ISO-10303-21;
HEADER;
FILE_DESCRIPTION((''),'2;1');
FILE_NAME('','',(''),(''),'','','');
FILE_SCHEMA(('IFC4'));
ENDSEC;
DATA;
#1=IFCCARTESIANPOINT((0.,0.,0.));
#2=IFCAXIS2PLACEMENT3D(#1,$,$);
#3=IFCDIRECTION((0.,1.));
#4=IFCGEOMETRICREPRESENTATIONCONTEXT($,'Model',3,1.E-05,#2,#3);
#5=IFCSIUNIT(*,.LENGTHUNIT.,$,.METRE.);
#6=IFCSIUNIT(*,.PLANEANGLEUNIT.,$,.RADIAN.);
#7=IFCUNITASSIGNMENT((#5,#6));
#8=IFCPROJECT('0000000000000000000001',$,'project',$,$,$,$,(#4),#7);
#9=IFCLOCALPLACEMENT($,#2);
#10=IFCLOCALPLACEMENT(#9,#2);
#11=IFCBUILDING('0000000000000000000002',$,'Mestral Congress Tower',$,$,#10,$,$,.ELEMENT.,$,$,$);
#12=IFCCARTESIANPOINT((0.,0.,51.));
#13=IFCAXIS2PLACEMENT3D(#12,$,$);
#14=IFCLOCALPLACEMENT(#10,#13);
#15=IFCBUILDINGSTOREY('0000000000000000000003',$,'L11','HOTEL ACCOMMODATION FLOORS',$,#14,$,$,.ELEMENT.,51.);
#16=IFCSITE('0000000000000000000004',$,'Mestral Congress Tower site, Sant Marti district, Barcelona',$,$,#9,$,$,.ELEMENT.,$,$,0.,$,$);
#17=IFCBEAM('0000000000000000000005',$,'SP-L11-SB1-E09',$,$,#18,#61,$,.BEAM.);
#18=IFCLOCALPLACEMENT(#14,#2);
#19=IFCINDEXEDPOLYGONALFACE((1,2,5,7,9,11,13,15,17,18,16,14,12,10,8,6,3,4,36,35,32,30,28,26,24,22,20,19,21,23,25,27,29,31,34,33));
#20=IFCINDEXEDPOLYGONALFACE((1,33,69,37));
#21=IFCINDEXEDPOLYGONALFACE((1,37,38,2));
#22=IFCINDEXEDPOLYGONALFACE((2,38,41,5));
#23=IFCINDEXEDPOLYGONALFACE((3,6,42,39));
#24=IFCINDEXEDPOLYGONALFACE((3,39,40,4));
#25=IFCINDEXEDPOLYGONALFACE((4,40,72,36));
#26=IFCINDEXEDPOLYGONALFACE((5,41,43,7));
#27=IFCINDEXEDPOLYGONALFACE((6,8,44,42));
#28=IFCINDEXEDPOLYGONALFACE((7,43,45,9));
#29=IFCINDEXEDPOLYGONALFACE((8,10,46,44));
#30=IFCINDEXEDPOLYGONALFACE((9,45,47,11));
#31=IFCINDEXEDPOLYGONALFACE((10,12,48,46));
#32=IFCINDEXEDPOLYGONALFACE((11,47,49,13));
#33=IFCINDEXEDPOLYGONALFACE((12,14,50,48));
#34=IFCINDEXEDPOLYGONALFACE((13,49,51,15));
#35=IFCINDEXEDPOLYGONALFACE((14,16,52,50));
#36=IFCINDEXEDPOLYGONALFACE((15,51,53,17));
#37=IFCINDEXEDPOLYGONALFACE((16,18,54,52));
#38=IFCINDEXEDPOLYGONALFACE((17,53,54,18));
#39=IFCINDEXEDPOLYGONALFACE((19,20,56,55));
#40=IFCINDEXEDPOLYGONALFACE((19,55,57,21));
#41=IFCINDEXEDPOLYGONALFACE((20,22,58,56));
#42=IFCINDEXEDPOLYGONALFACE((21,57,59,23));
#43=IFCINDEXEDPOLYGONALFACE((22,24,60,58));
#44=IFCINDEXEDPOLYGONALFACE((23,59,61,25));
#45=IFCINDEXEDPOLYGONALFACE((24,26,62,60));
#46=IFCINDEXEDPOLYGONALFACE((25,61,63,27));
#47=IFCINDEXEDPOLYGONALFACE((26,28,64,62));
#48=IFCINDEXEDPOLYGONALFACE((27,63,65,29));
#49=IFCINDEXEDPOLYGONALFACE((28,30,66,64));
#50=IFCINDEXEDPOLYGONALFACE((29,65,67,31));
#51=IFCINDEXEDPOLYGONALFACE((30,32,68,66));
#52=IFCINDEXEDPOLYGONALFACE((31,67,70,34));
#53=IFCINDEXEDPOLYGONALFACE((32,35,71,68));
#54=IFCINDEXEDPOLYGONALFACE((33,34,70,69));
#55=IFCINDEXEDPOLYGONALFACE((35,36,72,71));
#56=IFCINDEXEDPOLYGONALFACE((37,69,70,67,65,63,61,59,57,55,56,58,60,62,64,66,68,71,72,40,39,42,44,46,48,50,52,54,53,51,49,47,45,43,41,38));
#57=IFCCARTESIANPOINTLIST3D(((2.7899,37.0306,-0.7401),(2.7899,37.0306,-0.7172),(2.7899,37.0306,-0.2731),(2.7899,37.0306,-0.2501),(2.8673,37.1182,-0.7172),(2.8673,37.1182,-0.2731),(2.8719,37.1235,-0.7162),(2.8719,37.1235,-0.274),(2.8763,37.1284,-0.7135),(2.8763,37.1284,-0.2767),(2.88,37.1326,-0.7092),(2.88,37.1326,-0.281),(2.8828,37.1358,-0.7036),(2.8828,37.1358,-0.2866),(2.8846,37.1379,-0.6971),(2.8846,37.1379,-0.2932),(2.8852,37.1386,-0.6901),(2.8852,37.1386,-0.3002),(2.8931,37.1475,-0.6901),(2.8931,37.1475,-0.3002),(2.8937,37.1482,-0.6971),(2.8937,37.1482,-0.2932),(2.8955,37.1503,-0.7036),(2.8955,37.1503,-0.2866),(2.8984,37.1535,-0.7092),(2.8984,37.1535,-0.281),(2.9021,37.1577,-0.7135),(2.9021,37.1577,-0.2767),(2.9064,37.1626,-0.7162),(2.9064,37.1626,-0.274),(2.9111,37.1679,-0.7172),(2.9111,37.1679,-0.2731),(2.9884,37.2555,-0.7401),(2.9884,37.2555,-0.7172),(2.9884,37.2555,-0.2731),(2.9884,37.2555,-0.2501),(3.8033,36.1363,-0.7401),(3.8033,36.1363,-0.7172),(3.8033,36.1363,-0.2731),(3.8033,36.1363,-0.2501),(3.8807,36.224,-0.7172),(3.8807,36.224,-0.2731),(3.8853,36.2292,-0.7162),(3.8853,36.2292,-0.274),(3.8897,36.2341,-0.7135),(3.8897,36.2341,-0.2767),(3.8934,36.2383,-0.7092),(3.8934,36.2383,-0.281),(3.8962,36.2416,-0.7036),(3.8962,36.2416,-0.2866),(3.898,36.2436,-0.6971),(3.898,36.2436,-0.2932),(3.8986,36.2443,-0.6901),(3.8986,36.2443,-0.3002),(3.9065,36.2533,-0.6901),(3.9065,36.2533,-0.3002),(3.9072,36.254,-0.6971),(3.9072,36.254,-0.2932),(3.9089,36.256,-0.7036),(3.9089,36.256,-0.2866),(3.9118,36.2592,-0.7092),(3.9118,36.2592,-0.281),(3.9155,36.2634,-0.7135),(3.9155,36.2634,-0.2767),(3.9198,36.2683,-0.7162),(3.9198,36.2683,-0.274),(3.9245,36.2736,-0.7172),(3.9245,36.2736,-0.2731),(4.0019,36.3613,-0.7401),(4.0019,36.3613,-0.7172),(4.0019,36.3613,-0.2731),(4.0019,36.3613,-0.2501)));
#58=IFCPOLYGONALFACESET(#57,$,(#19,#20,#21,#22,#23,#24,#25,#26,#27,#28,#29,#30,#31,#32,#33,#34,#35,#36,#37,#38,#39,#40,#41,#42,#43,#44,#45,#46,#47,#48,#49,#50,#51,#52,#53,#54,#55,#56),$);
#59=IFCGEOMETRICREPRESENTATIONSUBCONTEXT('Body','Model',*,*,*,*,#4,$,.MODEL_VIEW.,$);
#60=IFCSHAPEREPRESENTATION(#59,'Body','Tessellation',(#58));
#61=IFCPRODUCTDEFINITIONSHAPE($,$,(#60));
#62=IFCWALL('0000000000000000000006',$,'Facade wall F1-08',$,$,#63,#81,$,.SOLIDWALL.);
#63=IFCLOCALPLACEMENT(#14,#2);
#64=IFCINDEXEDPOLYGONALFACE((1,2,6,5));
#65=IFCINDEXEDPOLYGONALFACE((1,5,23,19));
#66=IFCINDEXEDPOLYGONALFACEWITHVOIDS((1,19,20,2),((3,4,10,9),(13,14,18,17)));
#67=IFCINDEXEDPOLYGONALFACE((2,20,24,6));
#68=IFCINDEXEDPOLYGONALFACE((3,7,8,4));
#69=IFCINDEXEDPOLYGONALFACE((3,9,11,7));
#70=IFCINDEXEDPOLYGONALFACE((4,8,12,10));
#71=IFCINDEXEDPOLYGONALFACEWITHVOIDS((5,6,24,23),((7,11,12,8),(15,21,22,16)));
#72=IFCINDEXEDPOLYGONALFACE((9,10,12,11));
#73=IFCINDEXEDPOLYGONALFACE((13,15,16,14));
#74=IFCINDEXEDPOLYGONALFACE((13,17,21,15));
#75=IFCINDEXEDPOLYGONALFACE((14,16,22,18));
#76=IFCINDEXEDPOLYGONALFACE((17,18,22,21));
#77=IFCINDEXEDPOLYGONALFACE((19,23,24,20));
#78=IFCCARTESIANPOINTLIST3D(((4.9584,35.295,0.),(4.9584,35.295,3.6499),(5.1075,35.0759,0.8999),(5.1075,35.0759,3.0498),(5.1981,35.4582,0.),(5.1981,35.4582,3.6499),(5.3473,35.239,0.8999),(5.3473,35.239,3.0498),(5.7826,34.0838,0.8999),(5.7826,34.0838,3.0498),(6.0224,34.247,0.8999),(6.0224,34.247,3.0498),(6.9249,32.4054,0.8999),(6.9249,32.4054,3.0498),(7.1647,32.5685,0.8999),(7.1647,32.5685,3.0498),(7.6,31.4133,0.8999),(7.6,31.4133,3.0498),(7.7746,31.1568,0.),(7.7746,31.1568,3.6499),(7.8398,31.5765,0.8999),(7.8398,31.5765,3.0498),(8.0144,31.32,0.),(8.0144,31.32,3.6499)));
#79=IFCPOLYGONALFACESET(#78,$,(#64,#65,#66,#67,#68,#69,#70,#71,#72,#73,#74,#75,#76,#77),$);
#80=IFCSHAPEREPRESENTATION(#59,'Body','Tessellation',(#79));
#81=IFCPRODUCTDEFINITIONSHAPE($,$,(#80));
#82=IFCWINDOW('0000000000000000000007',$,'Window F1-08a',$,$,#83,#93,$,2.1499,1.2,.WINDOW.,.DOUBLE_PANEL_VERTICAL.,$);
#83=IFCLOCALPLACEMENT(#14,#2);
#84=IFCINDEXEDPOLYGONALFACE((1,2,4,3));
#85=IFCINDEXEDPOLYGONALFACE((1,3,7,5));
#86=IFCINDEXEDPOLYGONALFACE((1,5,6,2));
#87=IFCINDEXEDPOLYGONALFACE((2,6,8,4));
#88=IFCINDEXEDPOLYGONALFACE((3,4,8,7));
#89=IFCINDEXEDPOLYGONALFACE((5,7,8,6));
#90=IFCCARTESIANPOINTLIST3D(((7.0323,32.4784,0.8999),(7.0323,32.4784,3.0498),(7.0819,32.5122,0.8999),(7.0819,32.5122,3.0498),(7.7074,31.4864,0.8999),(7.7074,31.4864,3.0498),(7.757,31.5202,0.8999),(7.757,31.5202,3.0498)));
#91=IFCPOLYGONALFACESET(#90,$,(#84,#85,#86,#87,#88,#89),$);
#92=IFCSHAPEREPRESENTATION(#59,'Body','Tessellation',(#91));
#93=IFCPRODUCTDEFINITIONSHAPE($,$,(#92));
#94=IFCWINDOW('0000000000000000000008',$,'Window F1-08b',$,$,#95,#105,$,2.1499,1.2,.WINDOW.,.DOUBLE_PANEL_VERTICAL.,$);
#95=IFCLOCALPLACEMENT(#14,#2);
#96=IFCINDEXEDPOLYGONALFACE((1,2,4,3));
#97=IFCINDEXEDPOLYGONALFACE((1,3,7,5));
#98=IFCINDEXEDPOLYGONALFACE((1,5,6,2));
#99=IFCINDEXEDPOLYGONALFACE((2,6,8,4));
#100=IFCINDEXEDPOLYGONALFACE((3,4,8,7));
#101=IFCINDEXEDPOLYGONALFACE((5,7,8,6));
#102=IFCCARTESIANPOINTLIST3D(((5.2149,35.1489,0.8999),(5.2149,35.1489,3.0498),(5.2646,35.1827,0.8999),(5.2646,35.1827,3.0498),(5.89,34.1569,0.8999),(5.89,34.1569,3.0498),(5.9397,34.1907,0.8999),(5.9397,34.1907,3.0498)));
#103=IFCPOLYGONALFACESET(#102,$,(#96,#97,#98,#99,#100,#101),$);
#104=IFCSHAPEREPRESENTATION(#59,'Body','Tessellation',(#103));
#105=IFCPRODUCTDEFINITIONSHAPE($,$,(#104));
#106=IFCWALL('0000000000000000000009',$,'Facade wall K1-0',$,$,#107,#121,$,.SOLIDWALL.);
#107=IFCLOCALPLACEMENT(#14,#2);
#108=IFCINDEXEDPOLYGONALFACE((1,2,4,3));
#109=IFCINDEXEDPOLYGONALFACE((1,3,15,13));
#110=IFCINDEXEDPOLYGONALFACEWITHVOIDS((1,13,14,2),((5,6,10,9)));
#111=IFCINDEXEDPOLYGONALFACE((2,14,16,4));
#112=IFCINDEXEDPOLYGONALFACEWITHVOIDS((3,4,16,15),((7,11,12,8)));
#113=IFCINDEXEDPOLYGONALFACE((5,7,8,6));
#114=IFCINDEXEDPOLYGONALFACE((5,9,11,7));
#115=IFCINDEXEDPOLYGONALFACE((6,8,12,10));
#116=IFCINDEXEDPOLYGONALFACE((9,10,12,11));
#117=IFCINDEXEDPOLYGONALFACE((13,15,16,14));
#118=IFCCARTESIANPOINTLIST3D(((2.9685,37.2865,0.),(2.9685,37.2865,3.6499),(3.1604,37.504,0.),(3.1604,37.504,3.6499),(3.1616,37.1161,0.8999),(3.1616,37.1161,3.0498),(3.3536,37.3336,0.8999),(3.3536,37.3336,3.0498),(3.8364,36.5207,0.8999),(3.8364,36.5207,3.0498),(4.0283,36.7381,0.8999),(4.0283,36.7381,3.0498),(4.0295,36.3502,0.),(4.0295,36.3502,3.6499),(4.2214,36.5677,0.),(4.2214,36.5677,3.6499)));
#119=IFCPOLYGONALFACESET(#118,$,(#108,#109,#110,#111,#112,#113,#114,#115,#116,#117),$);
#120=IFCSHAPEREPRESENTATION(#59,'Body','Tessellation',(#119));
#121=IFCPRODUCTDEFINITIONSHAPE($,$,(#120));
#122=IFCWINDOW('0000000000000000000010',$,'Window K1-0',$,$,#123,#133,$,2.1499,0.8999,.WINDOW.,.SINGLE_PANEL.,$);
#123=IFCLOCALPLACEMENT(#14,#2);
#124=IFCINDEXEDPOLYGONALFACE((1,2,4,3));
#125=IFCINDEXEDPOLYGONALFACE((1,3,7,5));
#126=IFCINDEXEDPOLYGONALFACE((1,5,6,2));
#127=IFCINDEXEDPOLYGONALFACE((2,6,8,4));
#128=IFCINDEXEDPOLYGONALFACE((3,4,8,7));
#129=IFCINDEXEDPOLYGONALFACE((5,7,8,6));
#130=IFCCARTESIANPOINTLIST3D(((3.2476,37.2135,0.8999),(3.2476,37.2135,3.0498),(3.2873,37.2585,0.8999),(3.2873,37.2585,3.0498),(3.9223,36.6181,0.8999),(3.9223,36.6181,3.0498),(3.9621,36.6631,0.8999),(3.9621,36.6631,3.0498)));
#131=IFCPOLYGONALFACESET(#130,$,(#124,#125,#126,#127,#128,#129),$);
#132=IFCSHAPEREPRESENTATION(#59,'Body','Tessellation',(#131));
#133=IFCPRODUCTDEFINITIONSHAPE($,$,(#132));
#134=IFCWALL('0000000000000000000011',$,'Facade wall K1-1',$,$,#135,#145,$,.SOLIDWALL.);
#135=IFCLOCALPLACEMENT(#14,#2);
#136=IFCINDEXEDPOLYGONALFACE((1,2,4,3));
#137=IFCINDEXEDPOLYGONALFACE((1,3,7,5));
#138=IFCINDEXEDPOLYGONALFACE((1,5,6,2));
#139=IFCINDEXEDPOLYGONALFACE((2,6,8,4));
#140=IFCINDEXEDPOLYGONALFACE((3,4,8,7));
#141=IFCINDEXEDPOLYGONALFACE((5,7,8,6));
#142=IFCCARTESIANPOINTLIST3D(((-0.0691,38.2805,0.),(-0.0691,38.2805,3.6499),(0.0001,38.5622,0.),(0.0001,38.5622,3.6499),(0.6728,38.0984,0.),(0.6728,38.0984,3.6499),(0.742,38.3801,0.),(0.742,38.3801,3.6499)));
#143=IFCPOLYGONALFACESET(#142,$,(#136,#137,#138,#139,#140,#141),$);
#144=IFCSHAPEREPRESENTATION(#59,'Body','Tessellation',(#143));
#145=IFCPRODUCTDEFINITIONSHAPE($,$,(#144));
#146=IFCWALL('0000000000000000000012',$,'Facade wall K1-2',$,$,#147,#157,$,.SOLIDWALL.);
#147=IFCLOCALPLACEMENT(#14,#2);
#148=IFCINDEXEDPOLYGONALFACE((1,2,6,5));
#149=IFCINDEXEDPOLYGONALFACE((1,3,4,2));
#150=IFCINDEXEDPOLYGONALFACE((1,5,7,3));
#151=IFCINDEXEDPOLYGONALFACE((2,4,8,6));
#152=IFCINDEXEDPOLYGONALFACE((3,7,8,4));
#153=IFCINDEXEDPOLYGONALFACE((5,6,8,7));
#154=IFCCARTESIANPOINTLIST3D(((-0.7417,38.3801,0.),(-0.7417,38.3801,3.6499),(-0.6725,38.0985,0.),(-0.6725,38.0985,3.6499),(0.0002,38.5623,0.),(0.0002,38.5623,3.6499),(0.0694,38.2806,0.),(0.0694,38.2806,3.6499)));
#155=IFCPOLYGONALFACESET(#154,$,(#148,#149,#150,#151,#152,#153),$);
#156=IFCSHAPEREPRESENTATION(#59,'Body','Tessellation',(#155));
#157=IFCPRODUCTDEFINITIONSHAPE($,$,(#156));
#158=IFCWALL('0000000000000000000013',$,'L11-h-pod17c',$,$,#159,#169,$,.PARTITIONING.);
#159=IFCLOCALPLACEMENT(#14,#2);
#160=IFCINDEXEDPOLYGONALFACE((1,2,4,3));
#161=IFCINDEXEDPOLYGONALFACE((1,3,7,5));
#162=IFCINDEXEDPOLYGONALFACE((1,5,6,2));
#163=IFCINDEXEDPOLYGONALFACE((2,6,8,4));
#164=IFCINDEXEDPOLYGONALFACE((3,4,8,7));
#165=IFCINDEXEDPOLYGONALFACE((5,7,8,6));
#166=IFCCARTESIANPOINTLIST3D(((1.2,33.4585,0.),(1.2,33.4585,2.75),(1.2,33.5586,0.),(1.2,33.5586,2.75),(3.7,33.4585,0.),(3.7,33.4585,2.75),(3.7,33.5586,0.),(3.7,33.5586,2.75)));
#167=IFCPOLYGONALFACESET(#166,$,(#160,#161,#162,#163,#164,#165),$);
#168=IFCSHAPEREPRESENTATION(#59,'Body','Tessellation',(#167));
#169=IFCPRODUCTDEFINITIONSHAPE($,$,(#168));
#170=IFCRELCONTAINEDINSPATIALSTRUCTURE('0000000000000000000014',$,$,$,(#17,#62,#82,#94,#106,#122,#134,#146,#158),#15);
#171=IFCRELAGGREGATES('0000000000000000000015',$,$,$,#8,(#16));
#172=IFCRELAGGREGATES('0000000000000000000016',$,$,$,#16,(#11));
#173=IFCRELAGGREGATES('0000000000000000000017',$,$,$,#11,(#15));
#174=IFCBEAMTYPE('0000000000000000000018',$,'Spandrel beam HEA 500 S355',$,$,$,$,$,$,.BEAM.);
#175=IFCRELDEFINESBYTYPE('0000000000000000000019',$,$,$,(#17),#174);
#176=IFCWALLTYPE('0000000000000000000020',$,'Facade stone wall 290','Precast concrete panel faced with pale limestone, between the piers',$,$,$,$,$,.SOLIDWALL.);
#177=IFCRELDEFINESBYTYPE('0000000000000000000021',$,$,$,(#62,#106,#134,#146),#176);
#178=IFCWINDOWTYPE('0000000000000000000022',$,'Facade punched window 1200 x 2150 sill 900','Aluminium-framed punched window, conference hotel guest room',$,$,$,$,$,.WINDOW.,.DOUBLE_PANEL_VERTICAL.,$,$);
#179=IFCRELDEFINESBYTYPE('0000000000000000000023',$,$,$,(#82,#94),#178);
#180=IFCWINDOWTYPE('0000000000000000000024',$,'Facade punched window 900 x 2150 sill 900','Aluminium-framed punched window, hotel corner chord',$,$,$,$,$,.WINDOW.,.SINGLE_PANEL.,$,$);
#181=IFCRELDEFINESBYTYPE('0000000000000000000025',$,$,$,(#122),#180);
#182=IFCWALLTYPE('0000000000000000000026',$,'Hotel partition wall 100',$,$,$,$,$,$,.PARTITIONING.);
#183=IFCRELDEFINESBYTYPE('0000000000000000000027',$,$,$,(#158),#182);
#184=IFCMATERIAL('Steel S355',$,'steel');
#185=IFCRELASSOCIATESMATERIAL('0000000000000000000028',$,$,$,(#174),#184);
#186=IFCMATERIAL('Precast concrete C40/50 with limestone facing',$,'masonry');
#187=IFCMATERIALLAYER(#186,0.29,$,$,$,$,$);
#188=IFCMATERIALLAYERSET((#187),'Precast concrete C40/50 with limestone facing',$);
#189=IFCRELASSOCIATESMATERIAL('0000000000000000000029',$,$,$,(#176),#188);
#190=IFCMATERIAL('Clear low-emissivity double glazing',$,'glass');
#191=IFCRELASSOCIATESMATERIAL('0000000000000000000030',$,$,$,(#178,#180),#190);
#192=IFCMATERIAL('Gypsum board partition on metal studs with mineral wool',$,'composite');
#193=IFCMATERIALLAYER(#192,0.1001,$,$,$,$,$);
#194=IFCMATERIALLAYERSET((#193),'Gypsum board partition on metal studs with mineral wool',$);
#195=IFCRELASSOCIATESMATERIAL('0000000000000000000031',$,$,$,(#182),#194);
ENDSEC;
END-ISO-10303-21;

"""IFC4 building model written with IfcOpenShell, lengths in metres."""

from ifc_helpers import new_model, si_unit, direction, frame, frame_2d, origin, origin_2d, place, context, subcontext, project, spatial, rectangle, i_section, extrude, material, layer, layer_set, material_profile, profile_set, type_object, element, fill, save


model = new_model("IFC4")

# Units and contexts
model_context = context("Model", 3, precision=1e-05, world=origin(), true_north=direction((0.0, 1.0)))
body_context = subcontext(model_context, "Body", "Model", "MODEL_VIEW")
ifc_project = project(units=[si_unit("LENGTHUNIT", "METRE"), si_unit("PLANEANGLEUNIT", "RADIAN")], contexts=[model_context])

# Site, building, storey
site_placement = place(None, origin())
site = spatial("IfcSite", under=ifc_project, at=site_placement, Name="Mestral Congress Tower site, Sant Marti district, Barcelona", CompositionType="ELEMENT", RefElevation=0.0)
building_placement = place(site_placement, origin())
building = spatial("IfcBuilding", under=site, at=building_placement, Name="Mestral Congress Tower", CompositionType="ELEMENT")
storey_placement = place(building_placement, frame((0.0, 0.0, 51.0)))
storey = spatial("IfcBuildingStorey", under=building, at=storey_placement, Name="L11", Description="HOTEL ACCOMMODATION FLOORS", CompositionType="ELEMENT", Elevation=51.0)

# Beam
ifc_material_1 = material(Name="Steel S355", Category="steel")
ifc_material_profile_1 = material_profile(ifc_material_1, i_section(OverallWidth=0.3, OverallDepth=0.49, WebThickness=0.012, FlangeThickness=0.0229, FilletRadius=0.0271, at=origin_2d()), Name="HEA 500")
ifc_profile_set_1 = profile_set([ifc_material_profile_1], Name="Steel S355")
beam_type_1 = type_object("IfcBeamType", Name="Spandrel beam HEA 500 S355", PredefinedType="BEAM", material=ifc_profile_set_1)
beam_1_placement = place(storey_placement, frame((3.9026, 36.2488, -0.4951), z_axis=(-0.749806, 0.661657, 0.0), x_axis=(-0.661657, -0.749806, 0.0)))
element("IfcBeam", 1, at=beam_1_placement, inside=storey, type_object=beam_type_1, Name="SP-L11-SB1-E09", PredefinedType="BEAM", context=body_context, shape_type="SweptSolid", body=[
    extrude(i_section(OverallWidth=0.3, OverallDepth=0.49, WebThickness=0.012, FlangeThickness=0.0229, FilletRadius=0.0271, at=origin_2d()), origin(), (0.0, 0.0, 1.0), 1.3516),
])

# Wall, openings, windows
ifc_material_2 = material(Name="Precast concrete C40/50 with limestone facing", Category="masonry")
ifc_layer_1 = layer(ifc_material_2, 0.29)
ifc_layer_set_1 = layer_set([ifc_layer_1], Name="Precast concrete C40/50 with limestone facing")
wall_type_1 = type_object("IfcWallType", Name="Facade stone wall 290", Description="Precast concrete panel faced with pale limestone, between the piers", PredefinedType="SOLIDWALL", material=ifc_layer_set_1)
wall_1_placement = place(storey_placement, frame((7.8945, 31.2383, 0.0), z_axis=(0.0, 0.0, 1.0), x_axis=(-0.56261, 0.826722, 0.0)))
wall_1 = element("IfcWall", 2, at=wall_1_placement, inside=storey, type_object=wall_type_1, Name="Facade wall F1-08", PredefinedType="SOLIDWALL", context=body_context, shape_type="SweptSolid", body=[
    extrude(rectangle(XDim=5.0056, YDim=0.29, at=frame_2d((2.5029, 0.0))), origin(), (0.0, 0.0, 1.0), 3.6499),
])
opening_1_placement = place(wall_1_placement, frame((0.3103, 0.0, 0.8999)))
opening_1 = element("IfcOpeningElement", 3, at=opening_1_placement, cuts=wall_1, PredefinedType="OPENING", context=body_context, shape_type="SweptSolid", body=[
    extrude(rectangle(XDim=1.2, YDim=2.1499, at=frame_2d((0.6001, 1.075))), frame((0.0, 0.155, 0.0), z_axis=(0.0, -1.0, 0.0), x_axis=(1.0, 0.0, 0.0)), (0.0, 0.0, 1.0), 0.3101),
])
opening_2_placement = place(wall_1_placement, frame((3.5405, 0.0, 0.8999)))
opening_2 = element("IfcOpeningElement", 4, at=opening_2_placement, cuts=wall_1, PredefinedType="OPENING", context=body_context, shape_type="SweptSolid", body=[
    extrude(rectangle(XDim=1.2, YDim=2.1499, at=frame_2d((0.6001, 1.075))), frame((0.0, 0.155, 0.0), z_axis=(0.0, -1.0, 0.0), x_axis=(1.0, 0.0, 0.0)), (0.0, 0.0, 1.0), 0.3101),
])
ifc_material_3 = material(Name="Clear low-emissivity double glazing", Category="glass")
window_type_1 = type_object("IfcWindowType", Name="Facade punched window 1200 x 2150 sill 900", Description="Aluminium-framed punched window, conference hotel guest room", PartitioningType="DOUBLE_PANEL_VERTICAL", PredefinedType="WINDOW", material=ifc_material_3)
window_1_placement = place(opening_1_placement, origin())
window_1 = element("IfcWindow", 5, at=window_1_placement, inside=storey, type_object=window_type_1, Name="Window F1-08a", OverallHeight=2.1499, OverallWidth=1.2, PartitioningType="DOUBLE_PANEL_VERTICAL", PredefinedType="WINDOW", context=body_context, shape_type="SweptSolid", body=[
    extrude(rectangle(XDim=1.2, YDim=2.1499, at=frame_2d((0.6001, 1.075))), frame((0.0, 0.0151, 0.0), z_axis=(0.0, -1.0, 0.0), x_axis=(1.0, 0.0, 0.0)), (0.0, 0.0, 1.0), 0.0601),
])
fill(opening_1, window_1)
window_2_placement = place(opening_2_placement, origin())
window_2 = element("IfcWindow", 6, at=window_2_placement, inside=storey, type_object=window_type_1, Name="Window F1-08b", OverallHeight=2.1499, OverallWidth=1.2, PartitioningType="DOUBLE_PANEL_VERTICAL", PredefinedType="WINDOW", context=body_context, shape_type="SweptSolid", body=[
    extrude(rectangle(XDim=1.2, YDim=2.1499, at=frame_2d((0.6001, 1.075))), frame((0.0, 0.0151, 0.0), z_axis=(0.0, -1.0, 0.0), x_axis=(1.0, 0.0, 0.0)), (0.0, 0.0, 1.0), 0.0601),
])
fill(opening_2, window_2)

# Wall, opening, window
wall_2_placement = place(storey_placement, frame((4.1255, 36.459, 0.0), z_axis=(0.0, 0.0, 1.0), x_axis=(-0.749813, 0.66165, 0.0)))
wall_2 = element("IfcWall", 7, at=wall_2_placement, inside=storey, type_object=wall_type_1, Name="Facade wall K1-0", PredefinedType="SOLIDWALL", context=body_context, shape_type="SweptSolid", body=[
    extrude(rectangle(XDim=1.415, YDim=0.29, at=frame_2d((0.7075, 0.0))), origin(), (0.0, 0.0, 1.0), 3.6499),
])
opening_3_placement = place(wall_2_placement, frame((0.2576, 0.0, 0.8999)))
opening_3 = element("IfcOpeningElement", 8, at=opening_3_placement, cuts=wall_2, PredefinedType="OPENING", context=body_context, shape_type="SweptSolid", body=[
    extrude(rectangle(XDim=0.8999, YDim=2.1499, at=frame_2d((0.45, 1.075))), frame((0.0, 0.155, 0.0), z_axis=(0.0, -1.0, 0.0), x_axis=(1.0, 0.0, 0.0)), (0.0, 0.0, 1.0), 0.3101),
])
window_type_2 = type_object("IfcWindowType", Name="Facade punched window 900 x 2150 sill 900", Description="Aluminium-framed punched window, hotel corner chord", PartitioningType="SINGLE_PANEL", PredefinedType="WINDOW", material=ifc_material_3)
window_3_placement = place(opening_3_placement, origin())
window_3 = element("IfcWindow", 9, at=window_3_placement, inside=storey, type_object=window_type_2, Name="Window K1-0", OverallHeight=2.1499, OverallWidth=0.8999, PartitioningType="SINGLE_PANEL", PredefinedType="WINDOW", context=body_context, shape_type="SweptSolid", body=[
    extrude(rectangle(XDim=0.8999, YDim=2.1499, at=frame_2d((0.45, 1.075))), frame((0.0, 0.0151, 0.0), z_axis=(0.0, -1.0, 0.0), x_axis=(1.0, 0.0, 0.0)), (0.0, 0.0, 1.0), 0.0601),
])
fill(opening_3, window_3)

# Walls
for number, where, z_axis, x_axis, name in (
    (10, (0.7073, 38.2393, 0.0), (0.0, 0.0, 1.0), (-0.971168, 0.238398, 0.0), "Facade wall K1-1"),
    (11, (0.0347, 38.4214, 0.0), (0.0, 0.0, 1.0), (-0.971168, -0.238398, 0.0), "Facade wall K1-2"),
):
    element("IfcWall", number, at=place(storey_placement, frame(where, z_axis=z_axis, x_axis=x_axis)), inside=storey, type_object=wall_type_1, Name=name, PredefinedType="SOLIDWALL", context=body_context, shape_type="SweptSolid", body=[
        extrude(rectangle(XDim=0.7639, YDim=0.29, at=frame_2d((0.3818, 0.0))), origin(), (0.0, 0.0, 1.0), 3.6499),
    ])
ifc_material_4 = material(Name="Gypsum board partition on metal studs with mineral wool", Category="composite")
ifc_layer_2 = layer(ifc_material_4, 0.1001)
ifc_layer_set_2 = layer_set([ifc_layer_2], Name="Gypsum board partition on metal studs with mineral wool")
wall_type_2 = type_object("IfcWallType", Name="Hotel partition wall 100", PredefinedType="PARTITIONING", material=ifc_layer_set_2)
wall_3_placement = place(storey_placement, frame((1.2, 33.5085, 0.0), z_axis=(0.0, 0.0, 1.0), x_axis=(1.0, 0.0, 0.0)))
element("IfcWall", 12, at=wall_3_placement, inside=storey, type_object=wall_type_2, Name="L11-h-pod17c", PredefinedType="PARTITIONING", context=body_context, shape_type="SweptSolid", body=[
    extrude(rectangle(XDim=2.5, YDim=0.1001, at=frame_2d((1.25, 0.0))), origin(), (0.0, 0.0, 1.0), 2.75),
])

save(model, "model.ifc")
